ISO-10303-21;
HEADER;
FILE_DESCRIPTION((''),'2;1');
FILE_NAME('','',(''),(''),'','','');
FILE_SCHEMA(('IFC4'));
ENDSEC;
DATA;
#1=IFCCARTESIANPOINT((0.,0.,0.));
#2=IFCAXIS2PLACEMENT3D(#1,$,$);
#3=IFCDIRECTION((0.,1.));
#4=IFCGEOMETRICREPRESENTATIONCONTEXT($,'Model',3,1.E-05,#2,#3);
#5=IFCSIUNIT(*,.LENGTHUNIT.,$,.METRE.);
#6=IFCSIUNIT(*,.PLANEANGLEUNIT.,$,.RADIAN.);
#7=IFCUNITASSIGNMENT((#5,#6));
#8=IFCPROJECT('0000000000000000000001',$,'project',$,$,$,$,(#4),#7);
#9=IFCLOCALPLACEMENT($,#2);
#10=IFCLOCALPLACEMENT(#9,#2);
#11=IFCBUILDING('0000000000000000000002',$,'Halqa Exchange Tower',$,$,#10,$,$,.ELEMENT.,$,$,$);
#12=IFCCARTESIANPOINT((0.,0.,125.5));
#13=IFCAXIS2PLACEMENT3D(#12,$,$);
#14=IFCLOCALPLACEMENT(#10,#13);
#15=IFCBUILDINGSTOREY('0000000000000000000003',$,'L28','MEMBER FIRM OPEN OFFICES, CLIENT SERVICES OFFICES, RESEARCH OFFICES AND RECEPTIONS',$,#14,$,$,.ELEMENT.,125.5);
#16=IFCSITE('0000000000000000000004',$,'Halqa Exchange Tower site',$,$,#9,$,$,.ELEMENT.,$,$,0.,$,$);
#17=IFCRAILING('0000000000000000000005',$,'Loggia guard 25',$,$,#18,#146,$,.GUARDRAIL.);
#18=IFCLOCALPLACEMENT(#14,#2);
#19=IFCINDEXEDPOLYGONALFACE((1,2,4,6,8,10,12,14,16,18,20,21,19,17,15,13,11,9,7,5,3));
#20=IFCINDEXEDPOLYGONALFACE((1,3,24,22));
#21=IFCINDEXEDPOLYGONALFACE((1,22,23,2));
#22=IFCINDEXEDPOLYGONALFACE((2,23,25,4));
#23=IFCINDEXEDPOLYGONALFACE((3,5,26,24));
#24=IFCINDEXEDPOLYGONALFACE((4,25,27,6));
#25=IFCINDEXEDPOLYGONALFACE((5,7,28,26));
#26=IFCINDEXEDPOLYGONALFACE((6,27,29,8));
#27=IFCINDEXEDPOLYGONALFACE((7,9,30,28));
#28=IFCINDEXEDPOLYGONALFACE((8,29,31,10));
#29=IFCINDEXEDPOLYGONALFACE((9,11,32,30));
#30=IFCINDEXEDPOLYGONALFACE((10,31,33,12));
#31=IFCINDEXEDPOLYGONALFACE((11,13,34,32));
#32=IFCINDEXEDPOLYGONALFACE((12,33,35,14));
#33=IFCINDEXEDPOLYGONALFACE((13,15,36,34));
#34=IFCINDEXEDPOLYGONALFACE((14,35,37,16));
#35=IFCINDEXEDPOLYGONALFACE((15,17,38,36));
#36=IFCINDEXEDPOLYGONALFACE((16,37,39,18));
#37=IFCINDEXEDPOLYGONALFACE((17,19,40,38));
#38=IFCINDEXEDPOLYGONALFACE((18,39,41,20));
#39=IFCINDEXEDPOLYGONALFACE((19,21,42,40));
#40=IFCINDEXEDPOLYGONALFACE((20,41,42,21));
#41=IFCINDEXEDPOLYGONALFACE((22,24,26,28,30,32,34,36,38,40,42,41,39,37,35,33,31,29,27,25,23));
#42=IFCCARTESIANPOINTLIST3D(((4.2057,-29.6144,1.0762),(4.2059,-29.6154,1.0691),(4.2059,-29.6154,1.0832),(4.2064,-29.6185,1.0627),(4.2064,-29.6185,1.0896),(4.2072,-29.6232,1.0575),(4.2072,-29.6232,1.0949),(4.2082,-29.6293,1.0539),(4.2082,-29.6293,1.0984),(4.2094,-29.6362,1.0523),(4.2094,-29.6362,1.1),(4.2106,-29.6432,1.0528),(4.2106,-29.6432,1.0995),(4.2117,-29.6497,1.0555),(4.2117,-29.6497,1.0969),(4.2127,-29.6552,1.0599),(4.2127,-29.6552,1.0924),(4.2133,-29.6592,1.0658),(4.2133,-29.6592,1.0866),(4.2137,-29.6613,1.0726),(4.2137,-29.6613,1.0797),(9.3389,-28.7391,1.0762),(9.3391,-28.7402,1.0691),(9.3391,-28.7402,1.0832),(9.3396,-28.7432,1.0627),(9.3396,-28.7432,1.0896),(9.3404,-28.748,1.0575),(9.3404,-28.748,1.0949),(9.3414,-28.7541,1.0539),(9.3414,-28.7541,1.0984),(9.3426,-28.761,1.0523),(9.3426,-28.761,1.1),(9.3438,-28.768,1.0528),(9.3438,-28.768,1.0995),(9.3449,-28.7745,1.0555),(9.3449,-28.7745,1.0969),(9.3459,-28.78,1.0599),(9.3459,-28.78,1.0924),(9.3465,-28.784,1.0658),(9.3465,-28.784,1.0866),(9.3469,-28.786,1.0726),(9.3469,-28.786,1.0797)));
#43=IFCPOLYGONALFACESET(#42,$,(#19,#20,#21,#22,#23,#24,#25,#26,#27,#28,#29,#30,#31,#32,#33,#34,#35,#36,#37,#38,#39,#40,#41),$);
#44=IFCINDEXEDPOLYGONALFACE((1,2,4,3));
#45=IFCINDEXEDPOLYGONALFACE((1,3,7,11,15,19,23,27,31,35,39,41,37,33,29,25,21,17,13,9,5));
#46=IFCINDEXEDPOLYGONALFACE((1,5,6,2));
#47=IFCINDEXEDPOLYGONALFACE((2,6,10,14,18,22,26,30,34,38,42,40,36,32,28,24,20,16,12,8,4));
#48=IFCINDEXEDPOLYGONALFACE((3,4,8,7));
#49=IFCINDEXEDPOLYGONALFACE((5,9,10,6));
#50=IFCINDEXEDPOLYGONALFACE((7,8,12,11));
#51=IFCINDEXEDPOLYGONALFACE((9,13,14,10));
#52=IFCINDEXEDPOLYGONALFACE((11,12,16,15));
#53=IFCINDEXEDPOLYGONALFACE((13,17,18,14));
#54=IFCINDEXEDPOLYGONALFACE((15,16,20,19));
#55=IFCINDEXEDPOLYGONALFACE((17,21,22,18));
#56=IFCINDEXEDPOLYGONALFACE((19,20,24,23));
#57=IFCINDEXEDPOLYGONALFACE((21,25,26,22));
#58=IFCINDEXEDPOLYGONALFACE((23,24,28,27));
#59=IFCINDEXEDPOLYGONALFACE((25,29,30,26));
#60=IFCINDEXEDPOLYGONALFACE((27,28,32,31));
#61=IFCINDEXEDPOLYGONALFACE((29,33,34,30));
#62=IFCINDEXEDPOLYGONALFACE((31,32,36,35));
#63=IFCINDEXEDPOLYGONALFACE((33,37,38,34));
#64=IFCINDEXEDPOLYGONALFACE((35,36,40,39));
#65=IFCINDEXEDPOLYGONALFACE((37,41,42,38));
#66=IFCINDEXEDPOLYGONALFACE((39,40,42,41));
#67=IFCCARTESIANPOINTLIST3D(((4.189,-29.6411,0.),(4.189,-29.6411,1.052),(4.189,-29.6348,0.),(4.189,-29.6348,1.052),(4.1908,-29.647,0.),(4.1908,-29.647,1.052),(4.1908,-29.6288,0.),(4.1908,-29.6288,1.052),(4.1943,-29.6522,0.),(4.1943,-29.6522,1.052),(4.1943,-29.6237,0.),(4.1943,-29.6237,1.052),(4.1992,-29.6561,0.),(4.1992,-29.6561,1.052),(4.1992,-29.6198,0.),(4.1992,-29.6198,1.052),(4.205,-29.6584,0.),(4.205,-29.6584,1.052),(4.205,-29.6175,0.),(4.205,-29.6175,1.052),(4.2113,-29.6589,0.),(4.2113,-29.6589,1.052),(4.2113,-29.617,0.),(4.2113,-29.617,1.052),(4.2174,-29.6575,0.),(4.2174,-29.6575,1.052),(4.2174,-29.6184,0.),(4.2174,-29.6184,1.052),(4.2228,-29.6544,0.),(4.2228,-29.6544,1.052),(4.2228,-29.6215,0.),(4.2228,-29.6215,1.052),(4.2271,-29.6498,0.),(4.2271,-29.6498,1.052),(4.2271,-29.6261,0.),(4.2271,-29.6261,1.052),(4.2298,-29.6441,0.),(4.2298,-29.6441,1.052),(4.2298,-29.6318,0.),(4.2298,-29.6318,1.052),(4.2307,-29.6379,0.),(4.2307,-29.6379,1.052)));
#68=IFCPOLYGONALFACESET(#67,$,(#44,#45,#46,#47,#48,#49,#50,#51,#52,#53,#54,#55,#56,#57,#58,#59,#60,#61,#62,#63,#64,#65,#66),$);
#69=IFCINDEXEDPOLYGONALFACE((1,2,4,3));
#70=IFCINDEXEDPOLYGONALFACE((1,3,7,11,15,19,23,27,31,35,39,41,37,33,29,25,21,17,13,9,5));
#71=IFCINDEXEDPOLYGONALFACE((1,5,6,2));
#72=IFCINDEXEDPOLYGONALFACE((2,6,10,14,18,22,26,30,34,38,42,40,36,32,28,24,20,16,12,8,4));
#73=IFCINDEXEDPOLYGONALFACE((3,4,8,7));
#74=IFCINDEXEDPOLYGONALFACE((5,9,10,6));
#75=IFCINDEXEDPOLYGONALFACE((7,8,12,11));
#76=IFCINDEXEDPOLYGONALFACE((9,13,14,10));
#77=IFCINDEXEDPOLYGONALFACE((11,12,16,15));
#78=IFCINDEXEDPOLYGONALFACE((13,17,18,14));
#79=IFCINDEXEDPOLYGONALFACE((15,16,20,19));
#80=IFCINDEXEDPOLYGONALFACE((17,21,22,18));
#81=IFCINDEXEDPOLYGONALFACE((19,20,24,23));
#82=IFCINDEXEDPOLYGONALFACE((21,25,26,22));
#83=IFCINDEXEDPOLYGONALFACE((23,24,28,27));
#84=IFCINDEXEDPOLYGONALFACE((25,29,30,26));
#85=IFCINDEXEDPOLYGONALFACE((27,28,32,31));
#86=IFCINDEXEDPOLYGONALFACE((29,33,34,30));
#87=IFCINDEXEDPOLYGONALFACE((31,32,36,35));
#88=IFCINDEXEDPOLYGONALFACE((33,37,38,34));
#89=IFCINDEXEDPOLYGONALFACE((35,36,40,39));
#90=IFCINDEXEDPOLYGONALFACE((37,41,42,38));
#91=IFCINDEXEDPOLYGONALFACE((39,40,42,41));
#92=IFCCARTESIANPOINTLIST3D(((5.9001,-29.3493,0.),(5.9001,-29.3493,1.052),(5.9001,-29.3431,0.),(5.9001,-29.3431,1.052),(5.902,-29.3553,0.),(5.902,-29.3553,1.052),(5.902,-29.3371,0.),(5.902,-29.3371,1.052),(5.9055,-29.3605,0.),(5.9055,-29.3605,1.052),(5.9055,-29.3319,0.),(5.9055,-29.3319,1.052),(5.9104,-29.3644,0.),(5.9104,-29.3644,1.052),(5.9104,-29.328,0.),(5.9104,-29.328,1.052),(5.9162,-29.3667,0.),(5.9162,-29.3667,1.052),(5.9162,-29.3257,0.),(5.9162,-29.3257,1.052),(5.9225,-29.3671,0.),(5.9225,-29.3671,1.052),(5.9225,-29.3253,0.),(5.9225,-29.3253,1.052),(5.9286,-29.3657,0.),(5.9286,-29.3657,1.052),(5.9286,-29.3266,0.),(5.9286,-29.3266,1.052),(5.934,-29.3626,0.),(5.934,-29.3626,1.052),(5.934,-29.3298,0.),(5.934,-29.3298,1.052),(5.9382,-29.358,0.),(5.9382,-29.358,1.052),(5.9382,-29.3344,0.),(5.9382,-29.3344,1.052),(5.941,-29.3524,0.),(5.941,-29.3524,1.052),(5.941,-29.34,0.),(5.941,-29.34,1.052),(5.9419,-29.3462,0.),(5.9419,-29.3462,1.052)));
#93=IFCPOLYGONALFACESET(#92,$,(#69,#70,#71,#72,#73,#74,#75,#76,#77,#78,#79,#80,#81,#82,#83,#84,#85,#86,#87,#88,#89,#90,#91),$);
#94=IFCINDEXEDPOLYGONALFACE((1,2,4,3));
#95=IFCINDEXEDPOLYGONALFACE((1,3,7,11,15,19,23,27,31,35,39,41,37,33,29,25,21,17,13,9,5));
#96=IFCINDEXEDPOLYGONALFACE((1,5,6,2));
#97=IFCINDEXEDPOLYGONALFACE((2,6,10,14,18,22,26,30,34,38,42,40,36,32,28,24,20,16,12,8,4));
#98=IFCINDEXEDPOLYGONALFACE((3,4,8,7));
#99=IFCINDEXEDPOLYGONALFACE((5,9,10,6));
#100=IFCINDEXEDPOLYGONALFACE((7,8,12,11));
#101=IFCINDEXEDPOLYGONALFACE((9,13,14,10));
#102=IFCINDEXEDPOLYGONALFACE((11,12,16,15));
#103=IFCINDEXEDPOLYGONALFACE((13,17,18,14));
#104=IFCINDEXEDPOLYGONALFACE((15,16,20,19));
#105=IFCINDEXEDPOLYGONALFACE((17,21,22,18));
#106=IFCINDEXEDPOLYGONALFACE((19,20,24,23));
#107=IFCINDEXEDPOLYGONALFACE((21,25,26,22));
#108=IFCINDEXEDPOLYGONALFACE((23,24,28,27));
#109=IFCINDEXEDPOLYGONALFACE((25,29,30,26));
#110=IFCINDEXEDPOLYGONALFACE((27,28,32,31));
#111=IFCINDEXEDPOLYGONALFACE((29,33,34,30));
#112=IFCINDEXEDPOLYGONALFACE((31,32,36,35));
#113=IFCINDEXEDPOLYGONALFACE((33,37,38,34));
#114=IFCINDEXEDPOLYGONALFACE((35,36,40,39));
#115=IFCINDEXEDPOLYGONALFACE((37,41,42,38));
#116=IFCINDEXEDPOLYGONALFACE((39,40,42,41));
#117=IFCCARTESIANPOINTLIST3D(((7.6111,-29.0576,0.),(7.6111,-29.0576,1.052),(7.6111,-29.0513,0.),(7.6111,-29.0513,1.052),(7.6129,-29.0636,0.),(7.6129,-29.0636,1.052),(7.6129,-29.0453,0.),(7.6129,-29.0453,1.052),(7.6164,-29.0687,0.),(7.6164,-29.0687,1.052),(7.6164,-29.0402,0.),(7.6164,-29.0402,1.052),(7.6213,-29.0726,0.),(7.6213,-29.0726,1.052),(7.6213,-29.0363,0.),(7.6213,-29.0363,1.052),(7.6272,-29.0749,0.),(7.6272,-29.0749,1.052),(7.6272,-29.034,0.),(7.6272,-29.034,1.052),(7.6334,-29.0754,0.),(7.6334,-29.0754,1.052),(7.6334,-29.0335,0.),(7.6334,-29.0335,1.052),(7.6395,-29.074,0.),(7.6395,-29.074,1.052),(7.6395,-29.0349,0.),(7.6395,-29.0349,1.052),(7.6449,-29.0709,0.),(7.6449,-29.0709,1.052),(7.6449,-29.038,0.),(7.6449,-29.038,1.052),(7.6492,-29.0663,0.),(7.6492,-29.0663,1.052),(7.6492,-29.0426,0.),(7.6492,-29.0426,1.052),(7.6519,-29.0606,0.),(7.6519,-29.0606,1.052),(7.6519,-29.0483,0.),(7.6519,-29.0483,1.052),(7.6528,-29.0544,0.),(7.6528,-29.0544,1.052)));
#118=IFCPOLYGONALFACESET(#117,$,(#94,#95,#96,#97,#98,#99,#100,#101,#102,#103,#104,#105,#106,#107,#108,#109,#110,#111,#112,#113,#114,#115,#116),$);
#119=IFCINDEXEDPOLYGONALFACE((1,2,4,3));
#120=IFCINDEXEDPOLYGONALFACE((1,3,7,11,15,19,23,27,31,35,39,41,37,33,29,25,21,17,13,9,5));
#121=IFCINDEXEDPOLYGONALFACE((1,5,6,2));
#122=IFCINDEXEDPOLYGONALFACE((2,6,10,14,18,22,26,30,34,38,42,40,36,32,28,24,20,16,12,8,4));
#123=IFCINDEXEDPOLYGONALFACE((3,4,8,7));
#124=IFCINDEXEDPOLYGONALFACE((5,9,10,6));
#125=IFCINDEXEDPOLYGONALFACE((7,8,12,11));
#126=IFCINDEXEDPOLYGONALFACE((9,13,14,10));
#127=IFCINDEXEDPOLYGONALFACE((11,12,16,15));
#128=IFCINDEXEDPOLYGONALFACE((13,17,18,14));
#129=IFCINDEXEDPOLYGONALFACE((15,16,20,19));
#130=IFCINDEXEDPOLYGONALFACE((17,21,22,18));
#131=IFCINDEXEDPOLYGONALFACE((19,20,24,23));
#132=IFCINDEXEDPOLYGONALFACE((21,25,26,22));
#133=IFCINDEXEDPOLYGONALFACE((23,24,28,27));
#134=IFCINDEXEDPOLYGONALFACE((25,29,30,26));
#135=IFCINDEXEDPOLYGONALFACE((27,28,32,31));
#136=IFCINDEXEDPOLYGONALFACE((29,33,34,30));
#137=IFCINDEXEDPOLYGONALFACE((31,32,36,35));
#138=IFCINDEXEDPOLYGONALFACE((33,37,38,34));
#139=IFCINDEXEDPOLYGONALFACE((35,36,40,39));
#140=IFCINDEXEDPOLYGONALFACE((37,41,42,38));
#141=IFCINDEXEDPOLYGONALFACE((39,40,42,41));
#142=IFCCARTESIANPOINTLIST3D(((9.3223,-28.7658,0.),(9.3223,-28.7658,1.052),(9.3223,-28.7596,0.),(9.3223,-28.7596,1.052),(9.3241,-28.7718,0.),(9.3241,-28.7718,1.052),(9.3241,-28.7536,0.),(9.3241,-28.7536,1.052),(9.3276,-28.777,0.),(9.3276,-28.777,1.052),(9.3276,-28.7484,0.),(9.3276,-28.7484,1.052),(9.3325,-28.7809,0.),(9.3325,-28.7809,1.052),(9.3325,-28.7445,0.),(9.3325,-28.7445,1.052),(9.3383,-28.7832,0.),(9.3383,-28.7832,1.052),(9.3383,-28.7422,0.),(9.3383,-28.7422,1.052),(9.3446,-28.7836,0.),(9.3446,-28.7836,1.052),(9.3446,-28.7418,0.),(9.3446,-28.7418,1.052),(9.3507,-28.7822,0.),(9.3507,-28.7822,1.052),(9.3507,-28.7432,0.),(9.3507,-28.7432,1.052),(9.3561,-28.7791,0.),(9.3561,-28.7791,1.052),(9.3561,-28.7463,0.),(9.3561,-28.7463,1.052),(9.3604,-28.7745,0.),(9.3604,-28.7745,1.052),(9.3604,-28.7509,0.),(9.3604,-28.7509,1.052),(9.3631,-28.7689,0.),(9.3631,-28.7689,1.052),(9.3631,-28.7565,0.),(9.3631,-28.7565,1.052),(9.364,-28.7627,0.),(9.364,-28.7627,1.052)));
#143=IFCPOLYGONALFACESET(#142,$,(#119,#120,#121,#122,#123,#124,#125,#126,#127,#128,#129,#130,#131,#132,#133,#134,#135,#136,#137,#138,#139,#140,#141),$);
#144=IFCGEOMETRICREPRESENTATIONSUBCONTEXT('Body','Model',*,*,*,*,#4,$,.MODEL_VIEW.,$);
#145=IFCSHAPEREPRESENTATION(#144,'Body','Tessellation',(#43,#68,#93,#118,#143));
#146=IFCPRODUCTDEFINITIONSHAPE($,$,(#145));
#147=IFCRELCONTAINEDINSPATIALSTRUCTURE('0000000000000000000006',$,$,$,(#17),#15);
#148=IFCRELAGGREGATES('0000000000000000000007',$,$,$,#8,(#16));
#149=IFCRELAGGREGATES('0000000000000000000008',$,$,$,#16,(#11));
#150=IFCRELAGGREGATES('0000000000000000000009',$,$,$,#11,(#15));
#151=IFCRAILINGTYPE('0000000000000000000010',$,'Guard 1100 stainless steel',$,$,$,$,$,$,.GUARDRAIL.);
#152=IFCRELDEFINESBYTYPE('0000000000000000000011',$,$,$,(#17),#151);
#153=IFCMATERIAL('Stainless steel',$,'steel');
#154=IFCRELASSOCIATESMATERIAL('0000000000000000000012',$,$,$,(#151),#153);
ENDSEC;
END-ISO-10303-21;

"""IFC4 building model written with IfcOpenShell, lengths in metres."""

from ifc_helpers import new_model, si_unit, direction, frame, origin, origin_2d, place, context, subcontext, project, spatial, circle, extrude, material, type_object, element, save


model = new_model("IFC4")

# Units and contexts
model_context = context("Model", 3, precision=1e-05, world=origin(), true_north=direction((0.0, 1.0)))
body_context = subcontext(model_context, "Body", "Model", "MODEL_VIEW")
ifc_project = project(units=[si_unit("LENGTHUNIT", "METRE"), si_unit("PLANEANGLEUNIT", "RADIAN")], contexts=[model_context])

# Site, building, storey
site_placement = place(None, origin())
site = spatial("IfcSite", under=ifc_project, at=site_placement, Name="Halqa Exchange Tower site", CompositionType="ELEMENT", RefElevation=0.0)
building_placement = place(site_placement, origin())
building = spatial("IfcBuilding", under=site, at=building_placement, Name="Halqa Exchange Tower", CompositionType="ELEMENT")
storey_placement = place(building_placement, frame((0.0, 0.0, 125.5)))
storey = spatial("IfcBuildingStorey", under=building, at=storey_placement, Name="L28", Description="MEMBER FIRM OPEN OFFICES, CLIENT SERVICES OFFICES, RESEARCH OFFICES AND RECEPTIONS", CompositionType="ELEMENT", Elevation=125.5)

# Railing
ifc_material_1 = material(Name="Stainless steel", Category="steel")
railing_type_1 = type_object("IfcRailingType", Name="Guard 1100 stainless steel", PredefinedType="GUARDRAIL", material=ifc_material_1)
railing_1_placement = place(storey_placement, frame((4.2097, -29.6379, 0.0)))
element("IfcRailing", 1, at=railing_1_placement, inside=storey, type_object=railing_type_1, Name="Loggia guard 25", PredefinedType="GUARDRAIL", context=body_context, shape_type="SweptSolid", body=[
    extrude(circle(Radius=0.0239, at=origin_2d()), frame((0.0, 0.0, 1.0762), z_axis=(0.985774, 0.168078, 0.0), x_axis=(-0.168078, 0.985774, 0.0)), (0.0, 0.0, 1.0), 5.2073),
    extrude(circle(Radius=0.021, at=origin_2d()), origin(), (0.0, 0.0, 1.0), 1.052),
    extrude(circle(Radius=0.021, at=origin_2d()), frame((1.7112, 0.2917, 0.0)), (0.0, 0.0, 1.0), 1.052),
    extrude(circle(Radius=0.021, at=origin_2d()), frame((3.4221, 0.5835, 0.0)), (0.0, 0.0, 1.0), 1.052),
    extrude(circle(Radius=0.021, at=origin_2d()), frame((5.1333, 0.8752, 0.0)), (0.0, 0.0, 1.0), 1.052),
])

save(model, "model.ifc")
